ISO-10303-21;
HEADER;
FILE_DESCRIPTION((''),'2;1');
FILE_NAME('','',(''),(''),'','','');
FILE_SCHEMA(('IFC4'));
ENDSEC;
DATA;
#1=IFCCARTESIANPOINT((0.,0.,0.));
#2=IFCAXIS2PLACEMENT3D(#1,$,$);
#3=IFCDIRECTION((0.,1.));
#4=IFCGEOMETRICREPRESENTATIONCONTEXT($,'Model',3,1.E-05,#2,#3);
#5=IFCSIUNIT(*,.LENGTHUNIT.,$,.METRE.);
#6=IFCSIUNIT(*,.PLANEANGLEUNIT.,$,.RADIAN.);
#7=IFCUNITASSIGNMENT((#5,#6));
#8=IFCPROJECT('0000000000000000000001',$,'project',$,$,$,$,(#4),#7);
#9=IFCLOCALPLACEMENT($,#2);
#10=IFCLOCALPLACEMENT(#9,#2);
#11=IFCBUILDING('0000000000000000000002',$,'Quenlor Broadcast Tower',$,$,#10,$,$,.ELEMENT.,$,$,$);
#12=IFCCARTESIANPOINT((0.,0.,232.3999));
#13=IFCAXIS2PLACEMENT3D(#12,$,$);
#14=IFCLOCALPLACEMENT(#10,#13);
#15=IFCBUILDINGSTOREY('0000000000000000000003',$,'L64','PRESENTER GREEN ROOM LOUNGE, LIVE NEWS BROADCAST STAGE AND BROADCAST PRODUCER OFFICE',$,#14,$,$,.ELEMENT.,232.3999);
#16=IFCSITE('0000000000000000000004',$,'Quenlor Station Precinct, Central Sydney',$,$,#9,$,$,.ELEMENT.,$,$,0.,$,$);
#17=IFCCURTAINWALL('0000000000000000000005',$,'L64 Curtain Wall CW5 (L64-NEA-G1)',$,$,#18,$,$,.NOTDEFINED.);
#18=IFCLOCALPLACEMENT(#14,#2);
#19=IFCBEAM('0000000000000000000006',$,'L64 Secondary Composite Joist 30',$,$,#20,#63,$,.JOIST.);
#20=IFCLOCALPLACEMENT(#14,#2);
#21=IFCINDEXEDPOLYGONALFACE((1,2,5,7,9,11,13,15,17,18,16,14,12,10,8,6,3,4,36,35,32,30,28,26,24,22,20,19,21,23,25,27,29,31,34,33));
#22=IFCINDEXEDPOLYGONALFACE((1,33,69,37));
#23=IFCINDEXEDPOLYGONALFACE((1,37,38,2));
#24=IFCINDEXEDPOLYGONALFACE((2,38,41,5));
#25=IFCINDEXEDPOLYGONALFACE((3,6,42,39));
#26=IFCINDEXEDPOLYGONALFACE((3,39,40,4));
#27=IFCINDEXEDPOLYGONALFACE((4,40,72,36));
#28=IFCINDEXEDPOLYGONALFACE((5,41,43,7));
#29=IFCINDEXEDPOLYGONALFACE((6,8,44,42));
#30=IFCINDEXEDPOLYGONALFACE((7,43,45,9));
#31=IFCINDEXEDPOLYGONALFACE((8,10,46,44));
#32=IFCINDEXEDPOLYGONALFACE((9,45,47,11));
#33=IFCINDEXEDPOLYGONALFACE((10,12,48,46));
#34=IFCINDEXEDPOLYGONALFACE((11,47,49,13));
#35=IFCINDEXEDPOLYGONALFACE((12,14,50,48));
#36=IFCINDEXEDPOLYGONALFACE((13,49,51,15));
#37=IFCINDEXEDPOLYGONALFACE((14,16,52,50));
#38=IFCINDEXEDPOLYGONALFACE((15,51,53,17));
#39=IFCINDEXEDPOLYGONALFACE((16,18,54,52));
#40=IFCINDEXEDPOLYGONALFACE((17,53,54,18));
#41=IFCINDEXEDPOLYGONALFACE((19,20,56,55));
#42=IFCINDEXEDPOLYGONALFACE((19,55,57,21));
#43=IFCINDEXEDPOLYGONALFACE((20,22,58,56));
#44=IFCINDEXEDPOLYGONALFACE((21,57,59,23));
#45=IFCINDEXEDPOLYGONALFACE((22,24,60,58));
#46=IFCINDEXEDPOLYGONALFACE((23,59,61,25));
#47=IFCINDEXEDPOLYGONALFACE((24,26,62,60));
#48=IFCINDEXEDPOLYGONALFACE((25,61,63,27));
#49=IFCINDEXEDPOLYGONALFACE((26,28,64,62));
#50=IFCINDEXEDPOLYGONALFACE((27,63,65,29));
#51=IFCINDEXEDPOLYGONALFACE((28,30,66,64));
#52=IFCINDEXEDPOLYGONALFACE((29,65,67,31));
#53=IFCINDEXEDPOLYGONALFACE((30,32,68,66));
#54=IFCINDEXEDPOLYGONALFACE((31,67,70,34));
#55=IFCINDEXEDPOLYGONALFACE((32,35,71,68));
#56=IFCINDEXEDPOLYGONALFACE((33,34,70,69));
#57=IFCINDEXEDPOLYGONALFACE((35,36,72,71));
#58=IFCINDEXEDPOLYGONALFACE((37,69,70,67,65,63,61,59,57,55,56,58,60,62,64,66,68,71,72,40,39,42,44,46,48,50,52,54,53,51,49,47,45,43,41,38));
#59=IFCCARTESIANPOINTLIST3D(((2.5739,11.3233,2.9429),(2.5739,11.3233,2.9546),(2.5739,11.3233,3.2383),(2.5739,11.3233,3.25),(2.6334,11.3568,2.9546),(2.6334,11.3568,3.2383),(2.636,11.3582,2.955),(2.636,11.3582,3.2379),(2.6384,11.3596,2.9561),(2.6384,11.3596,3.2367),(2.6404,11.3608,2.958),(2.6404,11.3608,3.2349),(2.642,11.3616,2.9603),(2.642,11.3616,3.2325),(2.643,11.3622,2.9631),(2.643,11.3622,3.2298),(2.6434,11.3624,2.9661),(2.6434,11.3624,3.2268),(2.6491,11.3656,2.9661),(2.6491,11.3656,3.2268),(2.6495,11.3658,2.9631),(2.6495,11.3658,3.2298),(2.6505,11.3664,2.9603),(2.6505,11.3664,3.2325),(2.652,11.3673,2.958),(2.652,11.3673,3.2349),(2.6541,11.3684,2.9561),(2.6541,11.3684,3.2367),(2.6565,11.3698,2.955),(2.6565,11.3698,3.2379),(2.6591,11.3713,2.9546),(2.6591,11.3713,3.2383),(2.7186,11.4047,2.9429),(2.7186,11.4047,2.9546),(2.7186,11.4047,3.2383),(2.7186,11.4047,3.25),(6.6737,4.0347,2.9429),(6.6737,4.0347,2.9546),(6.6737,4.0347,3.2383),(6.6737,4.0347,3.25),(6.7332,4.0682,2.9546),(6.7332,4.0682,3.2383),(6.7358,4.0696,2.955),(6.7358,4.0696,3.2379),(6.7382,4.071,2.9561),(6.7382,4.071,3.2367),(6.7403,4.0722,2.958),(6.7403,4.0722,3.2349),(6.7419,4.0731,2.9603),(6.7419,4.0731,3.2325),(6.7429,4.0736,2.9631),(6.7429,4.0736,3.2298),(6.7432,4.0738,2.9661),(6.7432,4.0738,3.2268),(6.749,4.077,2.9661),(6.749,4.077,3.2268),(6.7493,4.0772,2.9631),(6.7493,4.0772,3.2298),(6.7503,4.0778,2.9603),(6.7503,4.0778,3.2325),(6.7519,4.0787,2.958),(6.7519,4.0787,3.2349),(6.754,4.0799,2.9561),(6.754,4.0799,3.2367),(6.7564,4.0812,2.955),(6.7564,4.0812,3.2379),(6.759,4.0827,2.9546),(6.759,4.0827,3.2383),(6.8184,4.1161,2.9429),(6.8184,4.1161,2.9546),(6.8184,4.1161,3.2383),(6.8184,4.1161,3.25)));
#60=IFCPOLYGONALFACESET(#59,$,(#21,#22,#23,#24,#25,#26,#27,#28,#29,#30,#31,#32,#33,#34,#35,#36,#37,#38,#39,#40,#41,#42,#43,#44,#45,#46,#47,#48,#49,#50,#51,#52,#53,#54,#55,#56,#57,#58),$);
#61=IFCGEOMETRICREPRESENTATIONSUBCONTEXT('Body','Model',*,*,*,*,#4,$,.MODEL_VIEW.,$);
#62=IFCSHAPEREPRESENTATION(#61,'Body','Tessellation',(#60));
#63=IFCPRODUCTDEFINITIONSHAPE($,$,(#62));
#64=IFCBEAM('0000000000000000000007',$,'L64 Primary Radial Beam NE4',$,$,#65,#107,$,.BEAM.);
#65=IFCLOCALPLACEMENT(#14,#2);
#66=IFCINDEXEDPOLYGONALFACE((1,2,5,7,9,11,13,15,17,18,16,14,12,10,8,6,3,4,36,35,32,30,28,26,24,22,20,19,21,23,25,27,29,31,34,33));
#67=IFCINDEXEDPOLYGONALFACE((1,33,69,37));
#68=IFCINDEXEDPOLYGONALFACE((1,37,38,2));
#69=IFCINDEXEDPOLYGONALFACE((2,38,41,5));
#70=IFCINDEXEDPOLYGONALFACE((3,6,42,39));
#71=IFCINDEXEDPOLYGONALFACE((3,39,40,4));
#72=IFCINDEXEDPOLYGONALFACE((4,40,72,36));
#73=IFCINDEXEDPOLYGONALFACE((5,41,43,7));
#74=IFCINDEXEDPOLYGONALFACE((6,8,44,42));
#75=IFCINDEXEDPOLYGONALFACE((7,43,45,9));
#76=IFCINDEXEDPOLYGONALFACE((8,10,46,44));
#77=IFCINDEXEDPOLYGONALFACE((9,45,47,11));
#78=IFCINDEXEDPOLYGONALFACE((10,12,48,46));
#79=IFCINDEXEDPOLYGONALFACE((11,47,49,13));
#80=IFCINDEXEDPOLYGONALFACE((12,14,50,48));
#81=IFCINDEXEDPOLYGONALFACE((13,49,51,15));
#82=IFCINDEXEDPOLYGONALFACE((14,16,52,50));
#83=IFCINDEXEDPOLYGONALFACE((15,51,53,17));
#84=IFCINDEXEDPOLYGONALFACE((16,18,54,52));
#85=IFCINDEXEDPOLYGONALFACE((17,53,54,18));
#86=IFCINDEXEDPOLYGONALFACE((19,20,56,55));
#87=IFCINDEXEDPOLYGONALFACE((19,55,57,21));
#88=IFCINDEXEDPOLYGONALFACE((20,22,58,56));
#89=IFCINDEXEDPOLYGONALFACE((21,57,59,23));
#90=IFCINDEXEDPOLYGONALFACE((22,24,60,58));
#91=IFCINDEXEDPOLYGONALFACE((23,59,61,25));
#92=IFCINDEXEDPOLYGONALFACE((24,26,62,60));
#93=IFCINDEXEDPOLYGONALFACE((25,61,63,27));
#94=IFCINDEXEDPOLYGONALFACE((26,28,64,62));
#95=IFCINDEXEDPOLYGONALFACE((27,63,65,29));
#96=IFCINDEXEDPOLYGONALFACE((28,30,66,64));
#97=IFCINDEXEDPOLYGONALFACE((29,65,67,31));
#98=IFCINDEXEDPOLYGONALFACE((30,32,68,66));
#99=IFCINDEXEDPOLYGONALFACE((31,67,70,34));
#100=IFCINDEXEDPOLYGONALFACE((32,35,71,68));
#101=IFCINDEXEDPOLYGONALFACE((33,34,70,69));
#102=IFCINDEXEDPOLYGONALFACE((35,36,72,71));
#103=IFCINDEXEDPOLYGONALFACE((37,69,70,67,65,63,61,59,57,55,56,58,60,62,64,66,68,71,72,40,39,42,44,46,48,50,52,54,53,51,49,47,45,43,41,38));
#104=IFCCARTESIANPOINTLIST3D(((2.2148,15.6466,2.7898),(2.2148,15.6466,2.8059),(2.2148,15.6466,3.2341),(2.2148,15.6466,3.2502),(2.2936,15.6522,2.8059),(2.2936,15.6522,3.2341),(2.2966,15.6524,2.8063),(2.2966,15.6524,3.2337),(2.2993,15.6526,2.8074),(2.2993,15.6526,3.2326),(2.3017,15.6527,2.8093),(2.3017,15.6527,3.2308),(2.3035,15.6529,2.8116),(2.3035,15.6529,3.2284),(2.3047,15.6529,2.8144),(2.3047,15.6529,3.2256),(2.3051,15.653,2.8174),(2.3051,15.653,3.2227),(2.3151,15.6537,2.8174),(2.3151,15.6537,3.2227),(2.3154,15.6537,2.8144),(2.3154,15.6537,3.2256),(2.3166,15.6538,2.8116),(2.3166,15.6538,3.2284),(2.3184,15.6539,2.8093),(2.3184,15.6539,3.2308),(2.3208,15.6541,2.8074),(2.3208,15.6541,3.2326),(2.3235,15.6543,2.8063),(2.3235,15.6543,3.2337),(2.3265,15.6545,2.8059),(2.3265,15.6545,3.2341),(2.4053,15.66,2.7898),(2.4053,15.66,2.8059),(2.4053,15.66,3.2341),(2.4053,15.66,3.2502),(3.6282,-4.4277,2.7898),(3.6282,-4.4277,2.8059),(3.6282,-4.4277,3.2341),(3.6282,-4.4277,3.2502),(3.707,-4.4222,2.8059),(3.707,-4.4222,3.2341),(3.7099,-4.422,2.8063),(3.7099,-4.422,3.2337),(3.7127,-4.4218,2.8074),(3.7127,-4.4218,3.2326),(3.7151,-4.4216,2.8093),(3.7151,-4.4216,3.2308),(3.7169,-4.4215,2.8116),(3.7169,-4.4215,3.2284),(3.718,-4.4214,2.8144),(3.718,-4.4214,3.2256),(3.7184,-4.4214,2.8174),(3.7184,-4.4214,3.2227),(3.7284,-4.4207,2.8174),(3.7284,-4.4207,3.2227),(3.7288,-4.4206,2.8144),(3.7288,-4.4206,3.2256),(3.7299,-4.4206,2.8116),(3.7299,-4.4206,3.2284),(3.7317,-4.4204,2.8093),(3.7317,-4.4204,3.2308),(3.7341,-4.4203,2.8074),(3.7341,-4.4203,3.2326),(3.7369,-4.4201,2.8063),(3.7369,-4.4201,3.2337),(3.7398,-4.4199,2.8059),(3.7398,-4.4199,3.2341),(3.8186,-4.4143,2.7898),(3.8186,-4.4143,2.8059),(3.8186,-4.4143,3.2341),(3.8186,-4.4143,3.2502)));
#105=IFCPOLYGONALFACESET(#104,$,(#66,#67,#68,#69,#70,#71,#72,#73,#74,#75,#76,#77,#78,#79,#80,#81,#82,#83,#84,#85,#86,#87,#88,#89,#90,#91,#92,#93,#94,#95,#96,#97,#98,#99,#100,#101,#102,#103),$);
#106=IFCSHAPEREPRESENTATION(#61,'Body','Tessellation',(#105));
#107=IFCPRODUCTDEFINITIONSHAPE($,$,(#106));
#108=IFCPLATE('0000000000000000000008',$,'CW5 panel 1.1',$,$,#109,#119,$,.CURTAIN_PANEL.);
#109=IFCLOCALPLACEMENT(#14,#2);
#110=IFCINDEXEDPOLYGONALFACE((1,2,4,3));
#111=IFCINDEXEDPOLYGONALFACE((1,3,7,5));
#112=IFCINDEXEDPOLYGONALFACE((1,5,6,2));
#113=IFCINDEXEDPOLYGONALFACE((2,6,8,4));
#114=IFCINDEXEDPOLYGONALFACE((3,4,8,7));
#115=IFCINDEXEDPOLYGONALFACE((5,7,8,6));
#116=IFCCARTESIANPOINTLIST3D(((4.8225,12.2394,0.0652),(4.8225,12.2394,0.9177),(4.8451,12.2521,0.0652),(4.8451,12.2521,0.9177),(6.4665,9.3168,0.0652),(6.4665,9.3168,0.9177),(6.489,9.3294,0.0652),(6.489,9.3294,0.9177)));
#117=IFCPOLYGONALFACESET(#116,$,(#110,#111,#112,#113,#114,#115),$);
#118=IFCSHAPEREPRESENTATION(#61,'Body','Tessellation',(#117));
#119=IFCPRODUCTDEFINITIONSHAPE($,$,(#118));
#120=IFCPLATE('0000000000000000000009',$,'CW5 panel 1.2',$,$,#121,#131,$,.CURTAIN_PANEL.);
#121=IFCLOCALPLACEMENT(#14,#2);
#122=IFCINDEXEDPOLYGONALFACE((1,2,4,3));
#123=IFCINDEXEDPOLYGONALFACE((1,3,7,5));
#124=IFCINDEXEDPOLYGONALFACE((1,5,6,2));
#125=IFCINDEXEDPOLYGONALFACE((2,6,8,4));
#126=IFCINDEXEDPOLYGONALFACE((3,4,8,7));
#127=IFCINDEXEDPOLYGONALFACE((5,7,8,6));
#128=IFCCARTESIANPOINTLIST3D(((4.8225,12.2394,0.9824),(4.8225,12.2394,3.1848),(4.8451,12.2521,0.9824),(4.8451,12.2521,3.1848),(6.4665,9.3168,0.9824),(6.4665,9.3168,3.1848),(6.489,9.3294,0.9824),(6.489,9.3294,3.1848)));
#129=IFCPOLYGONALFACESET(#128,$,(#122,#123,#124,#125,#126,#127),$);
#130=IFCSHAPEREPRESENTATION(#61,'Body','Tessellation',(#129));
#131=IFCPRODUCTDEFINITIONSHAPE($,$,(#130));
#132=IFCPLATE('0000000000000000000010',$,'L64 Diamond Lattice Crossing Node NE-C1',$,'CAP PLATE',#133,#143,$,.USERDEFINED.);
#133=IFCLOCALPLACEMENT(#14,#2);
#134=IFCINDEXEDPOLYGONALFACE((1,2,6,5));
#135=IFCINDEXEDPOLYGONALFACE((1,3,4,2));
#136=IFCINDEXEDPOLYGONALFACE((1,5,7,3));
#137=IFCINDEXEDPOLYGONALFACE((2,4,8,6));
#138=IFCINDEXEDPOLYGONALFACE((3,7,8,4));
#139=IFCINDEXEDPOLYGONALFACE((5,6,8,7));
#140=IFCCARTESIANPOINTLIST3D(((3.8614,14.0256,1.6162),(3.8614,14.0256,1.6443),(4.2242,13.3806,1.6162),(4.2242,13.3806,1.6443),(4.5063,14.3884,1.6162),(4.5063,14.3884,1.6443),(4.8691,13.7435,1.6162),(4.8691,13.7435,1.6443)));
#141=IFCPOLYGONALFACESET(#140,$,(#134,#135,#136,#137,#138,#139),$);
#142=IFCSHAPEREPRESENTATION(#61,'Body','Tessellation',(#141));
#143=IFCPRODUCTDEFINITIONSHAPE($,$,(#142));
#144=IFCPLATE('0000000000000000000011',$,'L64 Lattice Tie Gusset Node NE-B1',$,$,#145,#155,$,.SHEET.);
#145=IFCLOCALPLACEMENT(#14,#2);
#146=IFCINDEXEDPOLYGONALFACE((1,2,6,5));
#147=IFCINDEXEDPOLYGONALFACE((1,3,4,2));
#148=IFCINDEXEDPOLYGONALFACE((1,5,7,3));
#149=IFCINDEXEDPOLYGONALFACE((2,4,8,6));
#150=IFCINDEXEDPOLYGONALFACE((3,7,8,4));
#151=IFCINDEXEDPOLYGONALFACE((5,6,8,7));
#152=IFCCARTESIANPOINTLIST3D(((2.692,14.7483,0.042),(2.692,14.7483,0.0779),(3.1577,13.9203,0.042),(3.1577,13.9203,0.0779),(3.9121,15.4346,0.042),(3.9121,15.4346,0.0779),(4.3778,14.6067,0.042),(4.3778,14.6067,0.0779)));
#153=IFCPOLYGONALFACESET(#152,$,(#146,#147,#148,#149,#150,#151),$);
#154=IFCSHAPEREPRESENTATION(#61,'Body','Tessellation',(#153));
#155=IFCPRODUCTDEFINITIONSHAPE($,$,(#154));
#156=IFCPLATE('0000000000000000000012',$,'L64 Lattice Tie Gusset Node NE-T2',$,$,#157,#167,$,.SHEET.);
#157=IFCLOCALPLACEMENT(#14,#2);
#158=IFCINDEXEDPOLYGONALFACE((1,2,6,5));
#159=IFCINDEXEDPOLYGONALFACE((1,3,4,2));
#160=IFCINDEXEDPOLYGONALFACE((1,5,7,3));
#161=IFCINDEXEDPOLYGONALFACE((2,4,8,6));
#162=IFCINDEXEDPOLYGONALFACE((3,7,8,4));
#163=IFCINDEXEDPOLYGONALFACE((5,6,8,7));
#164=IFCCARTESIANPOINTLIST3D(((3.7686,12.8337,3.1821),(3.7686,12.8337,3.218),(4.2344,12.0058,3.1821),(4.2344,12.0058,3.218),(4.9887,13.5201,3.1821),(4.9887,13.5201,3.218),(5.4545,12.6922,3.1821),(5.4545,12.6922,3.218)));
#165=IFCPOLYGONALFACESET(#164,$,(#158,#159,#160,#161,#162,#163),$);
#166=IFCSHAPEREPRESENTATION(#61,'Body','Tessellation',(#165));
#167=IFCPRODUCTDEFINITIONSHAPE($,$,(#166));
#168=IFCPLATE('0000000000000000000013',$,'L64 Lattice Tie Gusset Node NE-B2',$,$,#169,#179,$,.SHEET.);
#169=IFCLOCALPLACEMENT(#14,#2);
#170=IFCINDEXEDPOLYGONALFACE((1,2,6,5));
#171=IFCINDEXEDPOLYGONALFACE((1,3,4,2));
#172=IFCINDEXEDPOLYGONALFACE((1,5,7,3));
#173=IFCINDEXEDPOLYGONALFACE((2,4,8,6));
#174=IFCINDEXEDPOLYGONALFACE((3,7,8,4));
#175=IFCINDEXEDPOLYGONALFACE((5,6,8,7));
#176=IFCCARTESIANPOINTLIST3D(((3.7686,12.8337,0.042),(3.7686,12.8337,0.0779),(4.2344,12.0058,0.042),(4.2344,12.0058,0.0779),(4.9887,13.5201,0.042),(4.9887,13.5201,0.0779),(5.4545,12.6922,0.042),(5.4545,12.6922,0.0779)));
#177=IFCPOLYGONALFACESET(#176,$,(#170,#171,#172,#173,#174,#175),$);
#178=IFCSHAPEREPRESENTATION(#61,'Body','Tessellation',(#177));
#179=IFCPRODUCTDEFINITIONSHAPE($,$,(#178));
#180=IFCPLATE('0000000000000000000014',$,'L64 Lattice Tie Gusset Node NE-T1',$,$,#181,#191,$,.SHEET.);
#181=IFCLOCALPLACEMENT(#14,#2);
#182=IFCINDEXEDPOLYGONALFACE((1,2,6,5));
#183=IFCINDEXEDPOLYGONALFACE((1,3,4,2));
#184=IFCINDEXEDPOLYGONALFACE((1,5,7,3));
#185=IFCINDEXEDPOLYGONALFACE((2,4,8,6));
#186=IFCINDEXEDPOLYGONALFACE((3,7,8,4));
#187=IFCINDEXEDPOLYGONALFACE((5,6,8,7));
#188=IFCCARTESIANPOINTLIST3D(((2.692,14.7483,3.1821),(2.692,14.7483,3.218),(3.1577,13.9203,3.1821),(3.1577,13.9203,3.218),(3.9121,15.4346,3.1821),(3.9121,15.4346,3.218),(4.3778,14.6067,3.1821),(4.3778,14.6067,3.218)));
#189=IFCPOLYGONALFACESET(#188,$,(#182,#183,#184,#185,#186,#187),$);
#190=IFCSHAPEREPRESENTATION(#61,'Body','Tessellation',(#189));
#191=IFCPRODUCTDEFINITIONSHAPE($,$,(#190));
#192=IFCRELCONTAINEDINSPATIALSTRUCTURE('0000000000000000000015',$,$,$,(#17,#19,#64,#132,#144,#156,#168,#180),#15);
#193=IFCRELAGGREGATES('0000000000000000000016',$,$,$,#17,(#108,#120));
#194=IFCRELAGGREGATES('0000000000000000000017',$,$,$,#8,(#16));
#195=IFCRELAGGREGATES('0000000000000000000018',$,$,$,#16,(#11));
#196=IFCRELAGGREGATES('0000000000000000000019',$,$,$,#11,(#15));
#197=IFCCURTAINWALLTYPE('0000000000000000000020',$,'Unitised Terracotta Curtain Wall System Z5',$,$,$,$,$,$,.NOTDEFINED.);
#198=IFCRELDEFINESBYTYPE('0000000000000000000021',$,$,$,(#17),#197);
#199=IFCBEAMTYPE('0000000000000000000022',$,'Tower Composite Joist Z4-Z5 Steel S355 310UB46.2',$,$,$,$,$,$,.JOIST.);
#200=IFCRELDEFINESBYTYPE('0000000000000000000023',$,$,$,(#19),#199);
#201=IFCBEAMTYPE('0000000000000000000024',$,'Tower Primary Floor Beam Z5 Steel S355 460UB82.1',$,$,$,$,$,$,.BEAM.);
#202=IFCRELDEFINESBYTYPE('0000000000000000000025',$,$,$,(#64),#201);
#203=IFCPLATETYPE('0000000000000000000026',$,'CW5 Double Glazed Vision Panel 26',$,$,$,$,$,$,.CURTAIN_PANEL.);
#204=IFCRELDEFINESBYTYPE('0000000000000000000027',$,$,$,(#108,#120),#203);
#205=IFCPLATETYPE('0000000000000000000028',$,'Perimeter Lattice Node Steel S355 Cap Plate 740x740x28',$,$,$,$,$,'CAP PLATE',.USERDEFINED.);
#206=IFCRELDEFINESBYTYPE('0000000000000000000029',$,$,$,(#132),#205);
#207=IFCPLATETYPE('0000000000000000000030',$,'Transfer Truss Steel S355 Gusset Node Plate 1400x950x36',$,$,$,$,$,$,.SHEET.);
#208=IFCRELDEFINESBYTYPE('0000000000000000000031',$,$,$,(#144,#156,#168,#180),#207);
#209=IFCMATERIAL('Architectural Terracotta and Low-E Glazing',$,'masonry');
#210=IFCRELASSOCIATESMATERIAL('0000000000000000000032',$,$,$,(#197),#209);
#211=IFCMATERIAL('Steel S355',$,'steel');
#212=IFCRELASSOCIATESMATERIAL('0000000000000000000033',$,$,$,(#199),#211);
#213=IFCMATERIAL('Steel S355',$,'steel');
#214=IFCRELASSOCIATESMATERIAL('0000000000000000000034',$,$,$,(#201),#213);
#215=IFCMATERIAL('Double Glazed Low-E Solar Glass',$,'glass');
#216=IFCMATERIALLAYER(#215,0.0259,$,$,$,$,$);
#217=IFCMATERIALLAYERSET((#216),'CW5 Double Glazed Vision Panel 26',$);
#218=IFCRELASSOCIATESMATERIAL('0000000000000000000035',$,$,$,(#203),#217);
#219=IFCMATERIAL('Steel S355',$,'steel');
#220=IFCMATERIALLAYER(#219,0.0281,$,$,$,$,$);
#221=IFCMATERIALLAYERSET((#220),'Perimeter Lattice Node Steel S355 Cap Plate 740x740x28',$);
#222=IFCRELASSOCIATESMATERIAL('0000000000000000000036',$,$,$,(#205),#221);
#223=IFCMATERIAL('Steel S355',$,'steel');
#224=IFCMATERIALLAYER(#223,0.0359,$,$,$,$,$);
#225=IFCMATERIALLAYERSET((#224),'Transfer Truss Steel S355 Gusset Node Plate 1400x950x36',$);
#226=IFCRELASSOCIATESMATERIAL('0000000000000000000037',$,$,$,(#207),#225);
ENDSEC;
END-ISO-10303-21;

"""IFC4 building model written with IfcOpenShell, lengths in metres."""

from ifc_helpers import new_model, si_unit, direction, frame, origin, origin_2d, place, context, subcontext, project, spatial, rectangle, i_section, extrude, material, layer, layer_set, material_profile, profile_set, type_object, element, aggregate, save


model = new_model("IFC4")

# Units and contexts
model_context = context("Model", 3, precision=1e-05, world=origin(), true_north=direction((0.0, 1.0)))
body_context = subcontext(model_context, "Body", "Model", "MODEL_VIEW")
ifc_project = project(units=[si_unit("LENGTHUNIT", "METRE"), si_unit("PLANEANGLEUNIT", "RADIAN")], contexts=[model_context])

# Site, building, storey
site_placement = place(None, origin())
site = spatial("IfcSite", under=ifc_project, at=site_placement, Name="Quenlor Station Precinct, Central Sydney", CompositionType="ELEMENT", RefElevation=0.0)
building_placement = place(site_placement, origin())
building = spatial("IfcBuilding", under=site, at=building_placement, Name="Quenlor Broadcast Tower", CompositionType="ELEMENT")
storey_placement = place(building_placement, frame((0.0, 0.0, 232.3999)))
storey = spatial("IfcBuildingStorey", under=building, at=storey_placement, Name="L64", Description="PRESENTER GREEN ROOM LOUNGE, LIVE NEWS BROADCAST STAGE AND BROADCAST PRODUCER OFFICE", CompositionType="ELEMENT", Elevation=232.3999)

# Curtain wall
ifc_material_1 = material(Name="Architectural Terracotta and Low-E Glazing", Category="masonry")
curtain_wall_type = type_object("IfcCurtainWallType", Name="Unitised Terracotta Curtain Wall System Z5", PredefinedType="NOTDEFINED", material=ifc_material_1)
curtain_wall_placement = place(storey_placement, origin())
curtain_wall = element("IfcCurtainWall", 1, at=curtain_wall_placement, inside=storey, type_object=curtain_wall_type, Name="L64 Curtain Wall CW5 (L64-NEA-G1)", PredefinedType="NOTDEFINED")

# Beams
ifc_material_2 = material(Name="Steel S355", Category="steel")
ifc_material_profile_1 = material_profile(ifc_material_2, i_section(OverallWidth=0.166, OverallDepth=0.3071, WebThickness=0.0066, FlangeThickness=0.0117, FilletRadius=0.0115, at=origin_2d()))
ifc_profile_set_1 = profile_set([ifc_material_profile_1], Name="Steel S355 310UB46.2")
beam_type_1 = type_object("IfcBeamType", Name="Tower Composite Joist Z4-Z5 Steel S355 310UB46.2", PredefinedType="JOIST", material=ifc_profile_set_1)
beam_1_placement = place(storey_placement, frame((2.6462, 11.364, 3.0964), z_axis=(0.490264, -0.871574, 0.0), x_axis=(0.871574, 0.490264, 0.0)))
element("IfcBeam", 2, at=beam_1_placement, inside=storey, type_object=beam_type_1, Name="L64 Secondary Composite Joist 30", PredefinedType="JOIST", context=body_context, shape_type="SweptSolid", body=[
    extrude(i_section(OverallWidth=0.166, OverallDepth=0.3071, WebThickness=0.0066, FlangeThickness=0.0117, FilletRadius=0.0115, at=origin_2d()), origin(), (0.0, 0.0, 1.0), 8.3625),
])
ifc_material_3 = material(Name="Steel S355", Category="steel")
ifc_material_profile_2 = material_profile(ifc_material_3, i_section(OverallWidth=0.1909, OverallDepth=0.4604, WebThickness=0.01, FlangeThickness=0.0161, FilletRadius=0.0115, at=origin_2d()))
ifc_profile_set_2 = profile_set([ifc_material_profile_2], Name="Steel S355 460UB82.1")
beam_type_2 = type_object("IfcBeamType", Name="Tower Primary Floor Beam Z5 Steel S355 460UB82.1", PredefinedType="BEAM", material=ifc_profile_set_2)
beam_2_placement = place(storey_placement, frame((2.3101, 15.6533, 3.02), z_axis=(0.070231, -0.997531, 0.0), x_axis=(0.997531, 0.070231, 0.0)))
element("IfcBeam", 3, at=beam_2_placement, inside=storey, type_object=beam_type_2, Name="L64 Primary Radial Beam NE4", PredefinedType="BEAM", context=body_context, shape_type="SweptSolid", body=[
    extrude(i_section(OverallWidth=0.1909, OverallDepth=0.4604, WebThickness=0.01, FlangeThickness=0.0161, FilletRadius=0.0115, at=origin_2d()), origin(), (0.0, 0.0, 1.0), 20.124),
])

# Plates
ifc_material_4 = material(Name="Double Glazed Low-E Solar Glass", Category="glass")
ifc_layer_1 = layer(ifc_material_4, 0.0259)
ifc_layer_set_1 = layer_set([ifc_layer_1], Name="CW5 Double Glazed Vision Panel 26")
plate_type_1 = type_object("IfcPlateType", Name="CW5 Double Glazed Vision Panel 26", PredefinedType="CURTAIN_PANEL", material=ifc_layer_set_1)
plate_1_placement = place(storey_placement, frame((5.6558, 10.7844, 0.0652), z_axis=(0.0, 0.0, 1.0), x_axis=(0.49025, -0.871582, 0.0)))
plate_1 = element("IfcPlate", 4, at=plate_1_placement, type_object=plate_type_1, Name="CW5 panel 1.1", PredefinedType="CURTAIN_PANEL", context=body_context, shape_type="SweptSolid", body=[
    extrude(rectangle(XDim=3.3533, YDim=0.0259, at=origin_2d()), origin(), (0.0, 0.0, 1.0), 0.8525),
])
plate_2_placement = place(storey_placement, frame((5.6558, 10.7844, 0.9824), z_axis=(0.0, 0.0, 1.0), x_axis=(0.49025, -0.871582, 0.0)))
plate_2 = element("IfcPlate", 5, at=plate_2_placement, type_object=plate_type_1, Name="CW5 panel 1.2", PredefinedType="CURTAIN_PANEL", context=body_context, shape_type="SweptSolid", body=[
    extrude(rectangle(XDim=3.3533, YDim=0.0259, at=origin_2d()), origin(), (0.0, 0.0, 1.0), 2.2024),
])
aggregate(curtain_wall, [plate_1, plate_2])

# Plates
ifc_material_5 = material(Name="Steel S355", Category="steel")
ifc_layer_2 = layer(ifc_material_5, 0.0281)
ifc_layer_set_2 = layer_set([ifc_layer_2], Name="Perimeter Lattice Node Steel S355 Cap Plate 740x740x28")
plate_type_2 = type_object("IfcPlateType", Name="Perimeter Lattice Node Steel S355 Cap Plate 740x740x28", ElementType="CAP PLATE", PredefinedType="USERDEFINED", material=ifc_layer_set_2)
plate_3_placement = place(storey_placement, frame((4.3652, 13.8845, 1.6162), z_axis=(0.0, 0.0, 1.0), x_axis=(0.490295, -0.871556, 0.0)))
element("IfcPlate", 6, at=plate_3_placement, inside=storey, type_object=plate_type_2, Name="L64 Diamond Lattice Crossing Node NE-C1", ObjectType="CAP PLATE", PredefinedType="USERDEFINED", context=body_context, shape_type="SweptSolid", body=[
    extrude(rectangle(XDim=0.74, YDim=0.74, at=origin_2d()), origin(), (0.0, 0.0, 1.0), 0.0281),
])
ifc_material_6 = material(Name="Steel S355", Category="steel")
ifc_layer_3 = layer(ifc_material_6, 0.0359)
ifc_layer_set_3 = layer_set([ifc_layer_3], Name="Transfer Truss Steel S355 Gusset Node Plate 1400x950x36")
plate_type_3 = type_object("IfcPlateType", Name="Transfer Truss Steel S355 Gusset Node Plate 1400x950x36", PredefinedType="SHEET", material=ifc_layer_set_3)
for number, where, z_axis, x_axis, name in (
    (7, (3.5349, 14.6775, 0.042), (0.0, 0.0, 1.0), (0.871556, 0.490295, 0.0), "L64 Lattice Tie Gusset Node NE-B1"),
    (8, (4.6116, 12.7629, 3.1821), (0.0, 0.0, 1.0), (0.871556, 0.490295, 0.0), "L64 Lattice Tie Gusset Node NE-T2"),
    (9, (4.6116, 12.7629, 0.042), (0.0, 0.0, 1.0), (0.871556, 0.490295, 0.0), "L64 Lattice Tie Gusset Node NE-B2"),
    (10, (3.5349, 14.6775, 3.1821), (0.0, 0.0, 1.0), (0.871556, 0.490295, 0.0), "L64 Lattice Tie Gusset Node NE-T1"),
):
    element("IfcPlate", number, at=place(storey_placement, frame(where, z_axis=z_axis, x_axis=x_axis)), inside=storey, type_object=plate_type_3, Name=name, PredefinedType="SHEET", context=body_context, shape_type="SweptSolid", body=[
        extrude(rectangle(XDim=1.3999, YDim=0.95, at=origin_2d()), origin(), (0.0, 0.0, 1.0), 0.0359),
    ])

save(model, "model.ifc")
